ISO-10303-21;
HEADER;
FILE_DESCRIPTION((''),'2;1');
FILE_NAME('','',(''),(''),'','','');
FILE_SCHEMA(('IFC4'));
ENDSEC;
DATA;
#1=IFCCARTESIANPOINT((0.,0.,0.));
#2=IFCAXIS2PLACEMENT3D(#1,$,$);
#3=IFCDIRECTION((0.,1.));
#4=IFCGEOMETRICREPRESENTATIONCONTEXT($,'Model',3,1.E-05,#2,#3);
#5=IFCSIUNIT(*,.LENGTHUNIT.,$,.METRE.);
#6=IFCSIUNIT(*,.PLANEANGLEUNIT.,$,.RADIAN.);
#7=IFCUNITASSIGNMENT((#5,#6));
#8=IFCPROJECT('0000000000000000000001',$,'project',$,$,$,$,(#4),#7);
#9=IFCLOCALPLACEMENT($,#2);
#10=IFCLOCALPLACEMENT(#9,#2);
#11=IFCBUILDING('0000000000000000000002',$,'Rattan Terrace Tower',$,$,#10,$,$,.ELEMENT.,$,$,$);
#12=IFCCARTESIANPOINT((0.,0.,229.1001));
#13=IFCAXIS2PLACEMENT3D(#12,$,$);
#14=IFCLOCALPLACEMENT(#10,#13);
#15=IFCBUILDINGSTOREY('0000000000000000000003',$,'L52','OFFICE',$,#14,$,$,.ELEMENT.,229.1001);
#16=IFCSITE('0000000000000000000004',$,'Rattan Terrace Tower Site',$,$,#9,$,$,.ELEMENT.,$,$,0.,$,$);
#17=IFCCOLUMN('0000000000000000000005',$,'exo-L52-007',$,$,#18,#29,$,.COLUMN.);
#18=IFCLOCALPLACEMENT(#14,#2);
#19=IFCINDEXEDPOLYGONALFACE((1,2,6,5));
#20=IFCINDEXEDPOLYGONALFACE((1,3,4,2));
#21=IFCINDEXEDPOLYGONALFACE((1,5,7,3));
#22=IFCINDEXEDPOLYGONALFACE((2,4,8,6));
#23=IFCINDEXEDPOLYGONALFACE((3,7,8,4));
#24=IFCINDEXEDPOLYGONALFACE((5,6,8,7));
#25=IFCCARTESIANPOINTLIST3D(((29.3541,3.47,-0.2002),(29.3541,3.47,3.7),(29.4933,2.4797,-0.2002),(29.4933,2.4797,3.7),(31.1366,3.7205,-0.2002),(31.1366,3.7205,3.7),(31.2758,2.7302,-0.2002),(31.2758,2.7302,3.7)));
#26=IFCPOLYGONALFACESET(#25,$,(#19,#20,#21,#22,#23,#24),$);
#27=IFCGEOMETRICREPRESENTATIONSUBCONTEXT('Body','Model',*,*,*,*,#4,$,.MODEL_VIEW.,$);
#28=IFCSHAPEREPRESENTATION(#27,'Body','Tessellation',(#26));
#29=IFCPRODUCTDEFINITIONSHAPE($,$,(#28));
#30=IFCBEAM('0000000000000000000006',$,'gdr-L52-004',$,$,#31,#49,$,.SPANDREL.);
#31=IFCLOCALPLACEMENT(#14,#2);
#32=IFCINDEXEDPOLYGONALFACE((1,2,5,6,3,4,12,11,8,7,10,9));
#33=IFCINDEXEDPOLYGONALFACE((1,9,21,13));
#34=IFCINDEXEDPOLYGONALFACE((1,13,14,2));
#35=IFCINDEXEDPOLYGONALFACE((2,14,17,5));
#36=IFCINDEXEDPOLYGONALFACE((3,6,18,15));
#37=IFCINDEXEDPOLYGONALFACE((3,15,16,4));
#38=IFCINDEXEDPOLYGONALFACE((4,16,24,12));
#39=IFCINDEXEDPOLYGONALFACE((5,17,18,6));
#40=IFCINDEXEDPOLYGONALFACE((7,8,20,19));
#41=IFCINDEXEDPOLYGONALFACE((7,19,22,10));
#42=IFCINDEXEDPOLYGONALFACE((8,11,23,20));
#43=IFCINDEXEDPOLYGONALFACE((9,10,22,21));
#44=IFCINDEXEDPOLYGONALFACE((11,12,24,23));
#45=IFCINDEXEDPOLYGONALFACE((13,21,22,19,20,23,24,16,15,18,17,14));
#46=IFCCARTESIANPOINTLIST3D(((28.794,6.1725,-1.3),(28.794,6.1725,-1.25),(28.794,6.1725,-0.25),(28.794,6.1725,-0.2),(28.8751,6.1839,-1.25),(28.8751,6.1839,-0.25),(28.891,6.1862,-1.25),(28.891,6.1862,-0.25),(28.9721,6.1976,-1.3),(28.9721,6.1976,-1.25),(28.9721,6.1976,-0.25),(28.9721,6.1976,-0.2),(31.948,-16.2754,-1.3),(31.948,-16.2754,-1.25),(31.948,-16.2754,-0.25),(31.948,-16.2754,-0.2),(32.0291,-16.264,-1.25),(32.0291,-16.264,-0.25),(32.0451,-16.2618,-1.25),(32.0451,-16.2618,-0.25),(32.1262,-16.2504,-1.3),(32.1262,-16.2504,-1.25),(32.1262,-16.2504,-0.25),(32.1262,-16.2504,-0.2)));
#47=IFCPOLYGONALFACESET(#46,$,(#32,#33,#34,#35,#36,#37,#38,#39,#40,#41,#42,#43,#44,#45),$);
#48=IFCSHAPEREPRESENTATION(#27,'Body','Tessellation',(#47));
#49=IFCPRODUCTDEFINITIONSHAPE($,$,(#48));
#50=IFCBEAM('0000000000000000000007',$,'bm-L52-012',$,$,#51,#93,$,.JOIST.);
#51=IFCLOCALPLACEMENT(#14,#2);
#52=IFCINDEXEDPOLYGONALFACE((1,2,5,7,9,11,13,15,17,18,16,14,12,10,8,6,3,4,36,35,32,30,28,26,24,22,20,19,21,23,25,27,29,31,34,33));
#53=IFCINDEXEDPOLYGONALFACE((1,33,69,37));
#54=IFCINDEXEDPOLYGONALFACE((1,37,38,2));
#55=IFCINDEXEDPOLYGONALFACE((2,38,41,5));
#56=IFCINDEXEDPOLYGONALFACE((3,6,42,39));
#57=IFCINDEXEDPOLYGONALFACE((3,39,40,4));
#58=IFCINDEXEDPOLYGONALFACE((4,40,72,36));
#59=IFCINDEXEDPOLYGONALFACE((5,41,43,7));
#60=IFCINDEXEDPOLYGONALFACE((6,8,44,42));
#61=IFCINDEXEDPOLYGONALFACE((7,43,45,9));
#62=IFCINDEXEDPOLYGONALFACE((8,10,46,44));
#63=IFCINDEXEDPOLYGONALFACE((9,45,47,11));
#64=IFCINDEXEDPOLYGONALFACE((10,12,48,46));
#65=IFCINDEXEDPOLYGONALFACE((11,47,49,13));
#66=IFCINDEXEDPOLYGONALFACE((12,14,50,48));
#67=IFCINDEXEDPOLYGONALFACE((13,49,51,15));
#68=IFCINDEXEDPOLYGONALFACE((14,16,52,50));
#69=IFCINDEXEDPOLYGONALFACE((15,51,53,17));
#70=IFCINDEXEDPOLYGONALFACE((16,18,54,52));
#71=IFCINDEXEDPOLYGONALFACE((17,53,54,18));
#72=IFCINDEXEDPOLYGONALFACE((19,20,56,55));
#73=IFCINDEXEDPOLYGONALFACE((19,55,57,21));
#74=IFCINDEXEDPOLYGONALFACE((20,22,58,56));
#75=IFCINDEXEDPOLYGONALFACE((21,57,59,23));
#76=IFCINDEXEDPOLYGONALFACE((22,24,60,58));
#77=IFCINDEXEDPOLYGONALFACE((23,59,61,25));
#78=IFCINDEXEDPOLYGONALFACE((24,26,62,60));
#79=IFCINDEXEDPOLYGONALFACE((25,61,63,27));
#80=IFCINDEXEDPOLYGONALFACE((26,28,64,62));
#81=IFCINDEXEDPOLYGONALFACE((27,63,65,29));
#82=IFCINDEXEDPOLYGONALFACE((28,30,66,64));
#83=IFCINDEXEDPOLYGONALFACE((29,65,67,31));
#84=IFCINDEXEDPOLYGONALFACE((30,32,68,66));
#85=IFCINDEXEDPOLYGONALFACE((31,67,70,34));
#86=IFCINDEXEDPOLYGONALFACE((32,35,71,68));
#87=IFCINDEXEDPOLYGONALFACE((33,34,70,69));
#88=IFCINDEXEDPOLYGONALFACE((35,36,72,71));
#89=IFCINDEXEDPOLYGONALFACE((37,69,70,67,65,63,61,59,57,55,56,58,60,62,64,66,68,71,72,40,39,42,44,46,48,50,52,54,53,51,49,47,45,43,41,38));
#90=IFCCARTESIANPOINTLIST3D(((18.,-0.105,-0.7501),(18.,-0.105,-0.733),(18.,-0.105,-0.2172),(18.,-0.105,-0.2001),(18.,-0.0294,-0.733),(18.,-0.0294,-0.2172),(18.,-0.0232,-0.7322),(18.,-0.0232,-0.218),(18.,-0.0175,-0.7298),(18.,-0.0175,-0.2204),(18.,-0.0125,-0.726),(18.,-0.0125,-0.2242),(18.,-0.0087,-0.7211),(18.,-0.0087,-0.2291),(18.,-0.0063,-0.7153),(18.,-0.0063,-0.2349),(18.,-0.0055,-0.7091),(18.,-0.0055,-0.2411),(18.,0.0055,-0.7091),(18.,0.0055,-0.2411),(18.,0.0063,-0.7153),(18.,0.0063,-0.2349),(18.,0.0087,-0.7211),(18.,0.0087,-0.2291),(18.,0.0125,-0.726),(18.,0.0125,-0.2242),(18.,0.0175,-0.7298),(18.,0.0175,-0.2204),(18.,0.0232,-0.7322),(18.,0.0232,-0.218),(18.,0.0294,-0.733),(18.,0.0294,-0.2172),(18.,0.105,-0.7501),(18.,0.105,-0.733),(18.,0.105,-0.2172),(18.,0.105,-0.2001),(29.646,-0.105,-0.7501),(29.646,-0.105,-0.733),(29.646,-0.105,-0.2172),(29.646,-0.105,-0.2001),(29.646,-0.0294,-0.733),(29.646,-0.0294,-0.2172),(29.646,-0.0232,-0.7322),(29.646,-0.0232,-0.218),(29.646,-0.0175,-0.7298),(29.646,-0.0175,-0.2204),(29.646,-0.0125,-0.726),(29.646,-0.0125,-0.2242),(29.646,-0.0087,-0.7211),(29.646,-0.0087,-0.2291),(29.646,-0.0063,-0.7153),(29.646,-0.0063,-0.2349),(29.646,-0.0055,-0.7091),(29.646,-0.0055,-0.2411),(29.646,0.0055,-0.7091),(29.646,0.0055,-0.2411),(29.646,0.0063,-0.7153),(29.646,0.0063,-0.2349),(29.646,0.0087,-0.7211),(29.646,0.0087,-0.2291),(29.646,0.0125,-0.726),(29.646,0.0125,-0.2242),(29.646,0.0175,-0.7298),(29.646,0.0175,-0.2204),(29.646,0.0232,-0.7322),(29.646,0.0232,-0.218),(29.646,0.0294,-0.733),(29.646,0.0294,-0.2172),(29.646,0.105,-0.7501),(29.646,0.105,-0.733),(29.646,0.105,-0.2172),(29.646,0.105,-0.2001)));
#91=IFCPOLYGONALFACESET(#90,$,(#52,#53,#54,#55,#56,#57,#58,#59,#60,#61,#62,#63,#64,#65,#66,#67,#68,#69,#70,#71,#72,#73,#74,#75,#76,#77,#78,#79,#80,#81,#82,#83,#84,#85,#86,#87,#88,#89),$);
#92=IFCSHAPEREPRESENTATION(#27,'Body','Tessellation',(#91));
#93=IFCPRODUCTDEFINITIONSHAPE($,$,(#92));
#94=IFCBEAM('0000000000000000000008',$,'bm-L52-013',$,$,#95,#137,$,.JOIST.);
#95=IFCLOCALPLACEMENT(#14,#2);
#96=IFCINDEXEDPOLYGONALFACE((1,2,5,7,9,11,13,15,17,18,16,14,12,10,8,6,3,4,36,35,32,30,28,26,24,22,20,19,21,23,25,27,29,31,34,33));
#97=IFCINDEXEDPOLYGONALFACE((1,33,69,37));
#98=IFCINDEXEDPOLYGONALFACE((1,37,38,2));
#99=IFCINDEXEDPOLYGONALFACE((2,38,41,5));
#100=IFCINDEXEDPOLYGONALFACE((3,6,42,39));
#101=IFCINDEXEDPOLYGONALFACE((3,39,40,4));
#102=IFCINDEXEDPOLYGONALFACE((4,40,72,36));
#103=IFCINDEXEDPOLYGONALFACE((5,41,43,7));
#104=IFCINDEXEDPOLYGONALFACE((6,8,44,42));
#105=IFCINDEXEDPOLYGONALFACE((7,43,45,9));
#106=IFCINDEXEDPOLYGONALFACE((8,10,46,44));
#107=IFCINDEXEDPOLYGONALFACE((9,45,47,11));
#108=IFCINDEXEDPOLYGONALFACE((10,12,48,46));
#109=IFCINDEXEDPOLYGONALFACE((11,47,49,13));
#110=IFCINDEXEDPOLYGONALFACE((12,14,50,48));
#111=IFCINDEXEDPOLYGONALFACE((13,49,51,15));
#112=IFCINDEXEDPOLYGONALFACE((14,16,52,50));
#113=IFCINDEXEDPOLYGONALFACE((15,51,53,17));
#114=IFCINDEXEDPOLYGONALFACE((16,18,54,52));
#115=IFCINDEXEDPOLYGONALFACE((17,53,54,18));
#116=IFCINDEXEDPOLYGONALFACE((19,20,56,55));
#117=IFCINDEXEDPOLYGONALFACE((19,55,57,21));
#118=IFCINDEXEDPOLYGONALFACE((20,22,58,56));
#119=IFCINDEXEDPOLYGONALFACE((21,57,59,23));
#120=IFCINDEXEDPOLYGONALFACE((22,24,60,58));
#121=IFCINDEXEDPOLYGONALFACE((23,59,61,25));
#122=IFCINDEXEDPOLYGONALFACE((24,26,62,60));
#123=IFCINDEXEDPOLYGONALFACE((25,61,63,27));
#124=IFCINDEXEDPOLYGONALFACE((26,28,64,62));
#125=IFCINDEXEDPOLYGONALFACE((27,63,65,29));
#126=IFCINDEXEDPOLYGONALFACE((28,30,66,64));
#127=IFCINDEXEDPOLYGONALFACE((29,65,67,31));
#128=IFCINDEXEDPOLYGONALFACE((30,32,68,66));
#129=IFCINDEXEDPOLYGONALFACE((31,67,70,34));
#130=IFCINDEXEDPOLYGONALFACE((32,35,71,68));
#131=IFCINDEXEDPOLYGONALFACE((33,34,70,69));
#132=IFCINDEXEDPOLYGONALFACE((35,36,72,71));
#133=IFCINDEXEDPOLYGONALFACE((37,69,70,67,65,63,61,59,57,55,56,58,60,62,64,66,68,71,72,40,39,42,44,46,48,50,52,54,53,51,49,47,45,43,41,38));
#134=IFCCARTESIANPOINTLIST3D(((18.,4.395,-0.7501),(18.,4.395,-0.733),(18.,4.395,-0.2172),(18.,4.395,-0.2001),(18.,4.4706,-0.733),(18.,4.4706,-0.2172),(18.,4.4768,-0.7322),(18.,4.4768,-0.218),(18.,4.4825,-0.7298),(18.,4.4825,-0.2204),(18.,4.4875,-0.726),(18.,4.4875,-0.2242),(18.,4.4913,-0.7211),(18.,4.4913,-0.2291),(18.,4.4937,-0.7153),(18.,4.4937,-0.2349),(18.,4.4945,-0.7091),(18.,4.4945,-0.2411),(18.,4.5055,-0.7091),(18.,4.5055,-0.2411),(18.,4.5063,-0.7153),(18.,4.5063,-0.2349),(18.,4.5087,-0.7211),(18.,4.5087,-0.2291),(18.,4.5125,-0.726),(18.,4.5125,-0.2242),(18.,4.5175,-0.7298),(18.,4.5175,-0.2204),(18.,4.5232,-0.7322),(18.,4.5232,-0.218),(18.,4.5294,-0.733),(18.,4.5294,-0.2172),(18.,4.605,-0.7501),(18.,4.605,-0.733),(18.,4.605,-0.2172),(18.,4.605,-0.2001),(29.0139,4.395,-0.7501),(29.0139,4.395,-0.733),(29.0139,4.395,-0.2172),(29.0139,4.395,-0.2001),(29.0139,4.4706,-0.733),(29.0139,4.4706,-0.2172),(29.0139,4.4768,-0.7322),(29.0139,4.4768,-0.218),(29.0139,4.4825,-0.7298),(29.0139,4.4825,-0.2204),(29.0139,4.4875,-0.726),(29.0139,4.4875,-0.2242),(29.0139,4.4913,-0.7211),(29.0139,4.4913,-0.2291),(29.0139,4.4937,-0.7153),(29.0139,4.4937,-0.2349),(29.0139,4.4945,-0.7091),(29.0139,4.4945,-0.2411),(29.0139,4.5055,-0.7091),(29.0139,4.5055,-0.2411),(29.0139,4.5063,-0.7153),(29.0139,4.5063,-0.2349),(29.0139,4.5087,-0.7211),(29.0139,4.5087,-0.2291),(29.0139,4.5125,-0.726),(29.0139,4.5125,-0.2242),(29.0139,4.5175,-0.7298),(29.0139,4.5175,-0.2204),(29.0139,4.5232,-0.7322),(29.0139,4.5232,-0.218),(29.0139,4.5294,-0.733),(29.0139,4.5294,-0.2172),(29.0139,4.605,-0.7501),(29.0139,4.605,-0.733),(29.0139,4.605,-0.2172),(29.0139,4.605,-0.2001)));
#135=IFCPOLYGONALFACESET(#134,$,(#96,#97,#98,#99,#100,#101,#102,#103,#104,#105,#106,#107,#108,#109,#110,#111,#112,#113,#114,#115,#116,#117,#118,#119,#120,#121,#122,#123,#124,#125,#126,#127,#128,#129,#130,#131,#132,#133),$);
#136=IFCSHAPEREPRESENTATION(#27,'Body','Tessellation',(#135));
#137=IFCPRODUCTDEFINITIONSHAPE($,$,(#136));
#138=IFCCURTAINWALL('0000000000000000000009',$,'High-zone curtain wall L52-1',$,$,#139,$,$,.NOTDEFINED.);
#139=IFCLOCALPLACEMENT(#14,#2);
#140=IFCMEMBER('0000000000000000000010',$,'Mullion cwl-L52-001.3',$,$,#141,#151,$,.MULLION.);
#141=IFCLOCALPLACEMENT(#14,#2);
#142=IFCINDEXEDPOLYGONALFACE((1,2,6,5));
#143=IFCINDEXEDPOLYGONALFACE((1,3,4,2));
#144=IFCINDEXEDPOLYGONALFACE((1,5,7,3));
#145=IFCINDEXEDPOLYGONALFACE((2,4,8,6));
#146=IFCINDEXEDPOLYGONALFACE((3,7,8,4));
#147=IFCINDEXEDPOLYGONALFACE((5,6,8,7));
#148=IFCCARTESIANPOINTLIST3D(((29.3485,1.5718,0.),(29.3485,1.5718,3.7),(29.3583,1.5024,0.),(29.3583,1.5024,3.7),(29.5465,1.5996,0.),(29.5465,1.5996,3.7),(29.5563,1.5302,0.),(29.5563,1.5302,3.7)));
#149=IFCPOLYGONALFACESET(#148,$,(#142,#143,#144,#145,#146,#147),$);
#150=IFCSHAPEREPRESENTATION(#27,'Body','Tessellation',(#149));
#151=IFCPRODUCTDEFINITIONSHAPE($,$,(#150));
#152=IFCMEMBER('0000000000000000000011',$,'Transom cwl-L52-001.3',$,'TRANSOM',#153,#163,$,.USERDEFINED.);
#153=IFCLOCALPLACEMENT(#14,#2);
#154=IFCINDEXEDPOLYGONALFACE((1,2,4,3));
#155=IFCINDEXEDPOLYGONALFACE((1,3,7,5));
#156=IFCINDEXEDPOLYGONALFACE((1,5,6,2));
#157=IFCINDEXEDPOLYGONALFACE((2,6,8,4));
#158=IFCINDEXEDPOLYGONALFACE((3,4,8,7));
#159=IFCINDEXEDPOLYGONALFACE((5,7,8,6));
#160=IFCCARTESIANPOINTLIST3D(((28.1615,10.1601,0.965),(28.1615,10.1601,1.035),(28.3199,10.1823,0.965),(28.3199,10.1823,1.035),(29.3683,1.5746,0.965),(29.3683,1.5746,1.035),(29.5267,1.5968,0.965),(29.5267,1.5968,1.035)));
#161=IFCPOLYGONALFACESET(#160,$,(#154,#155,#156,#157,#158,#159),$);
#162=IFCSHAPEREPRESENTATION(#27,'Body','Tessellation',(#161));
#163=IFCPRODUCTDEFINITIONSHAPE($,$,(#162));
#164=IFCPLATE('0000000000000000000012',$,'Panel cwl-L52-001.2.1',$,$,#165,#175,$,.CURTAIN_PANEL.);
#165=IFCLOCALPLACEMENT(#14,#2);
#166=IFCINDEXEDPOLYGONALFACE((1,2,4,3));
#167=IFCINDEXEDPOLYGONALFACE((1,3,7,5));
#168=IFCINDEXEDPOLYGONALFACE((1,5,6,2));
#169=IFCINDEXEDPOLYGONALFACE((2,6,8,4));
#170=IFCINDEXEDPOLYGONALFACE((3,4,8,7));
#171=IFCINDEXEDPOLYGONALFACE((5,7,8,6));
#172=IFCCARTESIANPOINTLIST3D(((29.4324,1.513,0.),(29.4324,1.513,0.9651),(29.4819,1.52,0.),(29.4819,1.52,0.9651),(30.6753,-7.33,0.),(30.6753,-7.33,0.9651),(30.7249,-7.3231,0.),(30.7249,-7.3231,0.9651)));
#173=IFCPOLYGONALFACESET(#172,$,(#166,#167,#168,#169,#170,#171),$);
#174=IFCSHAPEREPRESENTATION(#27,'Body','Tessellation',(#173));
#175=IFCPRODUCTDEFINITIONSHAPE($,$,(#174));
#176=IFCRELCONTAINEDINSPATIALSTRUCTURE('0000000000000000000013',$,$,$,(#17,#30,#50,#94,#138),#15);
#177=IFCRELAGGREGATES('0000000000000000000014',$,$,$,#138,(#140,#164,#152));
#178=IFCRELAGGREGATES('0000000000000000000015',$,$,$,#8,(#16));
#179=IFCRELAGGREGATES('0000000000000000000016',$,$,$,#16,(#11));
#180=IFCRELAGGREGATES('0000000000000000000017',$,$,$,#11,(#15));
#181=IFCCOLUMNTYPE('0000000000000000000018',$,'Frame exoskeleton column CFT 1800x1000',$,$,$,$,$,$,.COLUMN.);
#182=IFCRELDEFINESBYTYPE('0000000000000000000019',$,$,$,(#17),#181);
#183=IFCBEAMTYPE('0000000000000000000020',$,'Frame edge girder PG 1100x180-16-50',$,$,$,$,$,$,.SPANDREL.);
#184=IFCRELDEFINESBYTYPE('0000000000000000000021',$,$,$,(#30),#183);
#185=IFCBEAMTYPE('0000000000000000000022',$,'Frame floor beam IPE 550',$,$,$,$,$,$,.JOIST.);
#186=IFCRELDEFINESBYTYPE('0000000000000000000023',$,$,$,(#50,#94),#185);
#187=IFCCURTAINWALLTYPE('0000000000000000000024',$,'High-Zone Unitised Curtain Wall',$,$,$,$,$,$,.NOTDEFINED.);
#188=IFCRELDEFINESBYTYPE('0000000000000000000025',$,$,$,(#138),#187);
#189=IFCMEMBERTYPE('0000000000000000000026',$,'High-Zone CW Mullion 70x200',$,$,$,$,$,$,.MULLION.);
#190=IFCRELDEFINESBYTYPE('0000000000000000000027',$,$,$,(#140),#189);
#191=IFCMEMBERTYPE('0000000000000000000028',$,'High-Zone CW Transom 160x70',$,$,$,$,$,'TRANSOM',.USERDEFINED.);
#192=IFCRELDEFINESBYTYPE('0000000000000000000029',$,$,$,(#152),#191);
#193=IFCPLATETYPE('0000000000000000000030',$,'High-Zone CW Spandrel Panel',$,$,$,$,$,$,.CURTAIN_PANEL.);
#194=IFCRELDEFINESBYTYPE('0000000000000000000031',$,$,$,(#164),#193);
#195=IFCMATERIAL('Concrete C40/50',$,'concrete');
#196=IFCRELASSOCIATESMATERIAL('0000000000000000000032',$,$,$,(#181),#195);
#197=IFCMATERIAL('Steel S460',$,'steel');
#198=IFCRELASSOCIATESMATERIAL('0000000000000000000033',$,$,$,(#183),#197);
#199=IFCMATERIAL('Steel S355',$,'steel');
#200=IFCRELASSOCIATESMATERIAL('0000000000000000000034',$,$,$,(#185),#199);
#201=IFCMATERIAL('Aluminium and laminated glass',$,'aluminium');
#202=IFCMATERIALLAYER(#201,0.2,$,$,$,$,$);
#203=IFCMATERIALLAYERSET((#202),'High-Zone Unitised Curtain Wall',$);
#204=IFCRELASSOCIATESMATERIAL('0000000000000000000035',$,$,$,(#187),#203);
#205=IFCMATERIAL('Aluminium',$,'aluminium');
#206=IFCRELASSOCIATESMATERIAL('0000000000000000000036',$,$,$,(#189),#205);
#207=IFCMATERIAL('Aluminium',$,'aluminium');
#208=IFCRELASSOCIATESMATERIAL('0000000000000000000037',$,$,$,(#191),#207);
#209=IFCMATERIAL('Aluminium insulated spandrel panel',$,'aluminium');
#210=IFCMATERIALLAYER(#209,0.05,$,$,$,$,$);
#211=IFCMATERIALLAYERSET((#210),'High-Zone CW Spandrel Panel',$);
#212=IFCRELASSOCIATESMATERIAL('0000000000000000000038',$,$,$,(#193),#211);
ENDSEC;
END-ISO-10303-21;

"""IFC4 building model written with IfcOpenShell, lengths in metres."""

from ifc_helpers import new_model, si_unit, direction, frame, origin, origin_2d, place, context, subcontext, project, spatial, rectangle, i_section, extrude, material, layer, layer_set, material_profile, profile_set, type_object, element, aggregate, save


model = new_model("IFC4")

# Units and contexts
model_context = context("Model", 3, precision=1e-05, world=origin(), true_north=direction((0.0, 1.0)))
body_context = subcontext(model_context, "Body", "Model", "MODEL_VIEW")
ifc_project = project(units=[si_unit("LENGTHUNIT", "METRE"), si_unit("PLANEANGLEUNIT", "RADIAN")], contexts=[model_context])

# Site, building, storey
site_placement = place(None, origin())
site = spatial("IfcSite", under=ifc_project, at=site_placement, Name="Rattan Terrace Tower Site", CompositionType="ELEMENT", RefElevation=0.0)
building_placement = place(site_placement, origin())
building = spatial("IfcBuilding", under=site, at=building_placement, Name="Rattan Terrace Tower", CompositionType="ELEMENT")
storey_placement = place(building_placement, frame((0.0, 0.0, 229.1001)))
storey = spatial("IfcBuildingStorey", under=building, at=storey_placement, Name="L52", Description="OFFICE", CompositionType="ELEMENT", Elevation=229.1001)

# Column
ifc_material_1 = material(Name="Concrete C40/50", Category="concrete")
ifc_material_profile_1 = material_profile(ifc_material_1, rectangle(XDim=1.0, YDim=1.8, at=origin_2d()), Name="CFT 1800x1000")
ifc_profile_set_1 = profile_set([ifc_material_profile_1], Name="Concrete C40/50")
column_type = type_object("IfcColumnType", Name="Frame exoskeleton column CFT 1800x1000", PredefinedType="COLUMN", material=ifc_profile_set_1)
column_placement = place(storey_placement, frame((30.3149, 3.1001, -0.2002), z_axis=(0.0, 0.0, 1.0), x_axis=(-0.13919, 0.990266, 0.0)))
element("IfcColumn", 1, at=column_placement, inside=storey, type_object=column_type, Name="exo-L52-007", PredefinedType="COLUMN", context=body_context, shape_type="SweptSolid", body=[
    extrude(rectangle(XDim=1.0, YDim=1.8, at=origin_2d()), origin(), (0.0, 0.0, 1.0), 3.9001),
])

# Beams
ifc_material_2 = material(Name="Steel S460", Category="steel")
ifc_material_profile_2 = material_profile(ifc_material_2, i_section(OverallWidth=0.1799, OverallDepth=1.1001, WebThickness=0.0161, FlangeThickness=0.05, at=origin_2d()), Name="PG 1100x180-16-50")
ifc_profile_set_2 = profile_set([ifc_material_profile_2], Name="Steel S460")
beam_type_1 = type_object("IfcBeamType", Name="Frame edge girder PG 1100x180-16-50", PredefinedType="SPANDREL", material=ifc_profile_set_2)
beam_1_placement = place(storey_placement, frame((28.8831, 6.1851, -0.75), z_axis=(0.139138, -0.990273, 0.0), x_axis=(0.990273, 0.139138, 0.0)))
element("IfcBeam", 2, at=beam_1_placement, inside=storey, type_object=beam_type_1, Name="gdr-L52-004", PredefinedType="SPANDREL", context=body_context, shape_type="SweptSolid", body=[
    extrude(i_section(OverallWidth=0.1799, OverallDepth=1.1001, WebThickness=0.0161, FlangeThickness=0.05, at=origin_2d()), origin(), (0.0, 0.0, 1.0), 22.6685),
])
ifc_material_3 = material(Name="Steel S355", Category="steel")
ifc_material_profile_3 = material_profile(ifc_material_3, i_section(OverallWidth=0.21, OverallDepth=0.55, WebThickness=0.011, FlangeThickness=0.0171, FilletRadius=0.0239, at=origin_2d()), Name="IPE 550")
ifc_profile_set_3 = profile_set([ifc_material_profile_3], Name="Steel S355")
beam_type_2 = type_object("IfcBeamType", Name="Frame floor beam IPE 550", PredefinedType="JOIST", material=ifc_profile_set_3)
beam_2_placement = place(storey_placement, frame((18.0, 0.0, -0.4751), z_axis=(1.0, 0.0, 0.0), x_axis=(0.0, 1.0, 0.0)))
element("IfcBeam", 3, at=beam_2_placement, inside=storey, type_object=beam_type_2, Name="bm-L52-012", PredefinedType="JOIST", context=body_context, shape_type="SweptSolid", body=[
    extrude(i_section(OverallWidth=0.21, OverallDepth=0.55, WebThickness=0.011, FlangeThickness=0.0171, FilletRadius=0.0239, at=origin_2d()), origin(), (0.0, 0.0, 1.0), 11.646),
])
beam_3_placement = place(storey_placement, frame((18.0, 4.5, -0.4751), z_axis=(1.0, 0.0, 0.0), x_axis=(0.0, 1.0, 0.0)))
element("IfcBeam", 4, at=beam_3_placement, inside=storey, type_object=beam_type_2, Name="bm-L52-013", PredefinedType="JOIST", context=body_context, shape_type="SweptSolid", body=[
    extrude(i_section(OverallWidth=0.21, OverallDepth=0.55, WebThickness=0.011, FlangeThickness=0.0171, FilletRadius=0.0239, at=origin_2d()), origin(), (0.0, 0.0, 1.0), 11.0139),
])

# Curtain wall, members, plate
ifc_material_4 = material(Name="Aluminium and laminated glass", Category="aluminium")
ifc_layer_1 = layer(ifc_material_4, 0.2)
ifc_layer_set_1 = layer_set([ifc_layer_1], Name="High-Zone Unitised Curtain Wall")
curtain_wall_type = type_object("IfcCurtainWallType", Name="High-Zone Unitised Curtain Wall", PredefinedType="NOTDEFINED", material=ifc_layer_set_1)
curtain_wall_placement = place(storey_placement, origin())
curtain_wall = element("IfcCurtainWall", 5, at=curtain_wall_placement, inside=storey, type_object=curtain_wall_type, Name="High-zone curtain wall L52-1", PredefinedType="NOTDEFINED")
ifc_material_5 = material(Name="Aluminium", Category="aluminium")
ifc_material_profile_4 = material_profile(ifc_material_5, rectangle(XDim=0.0701, YDim=0.2, at=origin_2d()), Name="Aluminium 70x200")
ifc_profile_set_4 = profile_set([ifc_material_profile_4], Name="Aluminium")
member_type_1 = type_object("IfcMemberType", Name="High-Zone CW Mullion 70x200", PredefinedType="MULLION", material=ifc_profile_set_4)
member_1_placement = place(storey_placement, frame((29.4524, 1.551, 0.0), z_axis=(0.0, 0.0, 1.0), x_axis=(-0.139186, 0.990266, 0.0)))
member_1 = element("IfcMember", 6, at=member_1_placement, type_object=member_type_1, Name="Mullion cwl-L52-001.3", PredefinedType="MULLION", context=body_context, shape_type="SweptSolid", body=[
    extrude(rectangle(XDim=0.0701, YDim=0.2, at=origin_2d()), origin(), (0.0, 0.0, 1.0), 3.7),
])
ifc_material_6 = material(Name="Aluminium", Category="aluminium")
ifc_material_profile_5 = material_profile(ifc_material_6, rectangle(XDim=0.1599, YDim=0.0701, at=origin_2d()), Name="Aluminium 160x70")
ifc_profile_set_5 = profile_set([ifc_material_profile_5], Name="Aluminium")
member_type_2 = type_object("IfcMemberType", Name="High-Zone CW Transom 160x70", ElementType="TRANSOM", PredefinedType="USERDEFINED", material=ifc_profile_set_5)
member_2_placement = place(storey_placement, frame((29.4475, 1.5857, 1.0), z_axis=(-0.139194, 0.990265, 0.0), x_axis=(-0.990265, -0.139194, 0.0)))
member_2 = element("IfcMember", 7, at=member_2_placement, type_object=member_type_2, Name="Transom cwl-L52-001.3", ObjectType="TRANSOM", PredefinedType="USERDEFINED", context=body_context, shape_type="SweptSolid", body=[
    extrude(rectangle(XDim=0.1599, YDim=0.0701, at=origin_2d()), origin(), (0.0, 0.0, 1.0), 8.6699),
])
ifc_material_7 = material(Name="Aluminium insulated spandrel panel", Category="aluminium")
ifc_layer_2 = layer(ifc_material_7, 0.05)
ifc_layer_set_2 = layer_set([ifc_layer_2], Name="High-Zone CW Spandrel Panel")
plate_type_1 = type_object("IfcPlateType", Name="High-Zone CW Spandrel Panel", PredefinedType="CURTAIN_PANEL", material=ifc_layer_set_2)
plate_1_placement = place(storey_placement, frame((30.0786, -2.905, 0.0), z_axis=(0.0, 0.0, 1.0), x_axis=(-0.139186, 0.990266, 0.0)))
plate_1 = element("IfcPlate", 8, at=plate_1_placement, type_object=plate_type_1, Name="Panel cwl-L52-001.2.1", PredefinedType="CURTAIN_PANEL", context=body_context, shape_type="SweptSolid", body=[
    extrude(rectangle(XDim=8.9299, YDim=0.05, at=origin_2d()), origin(), (0.0, 0.0, 1.0), 0.9651),
])
aggregate(curtain_wall, [member_1, plate_1, member_2])

save(model, "model.ifc")
